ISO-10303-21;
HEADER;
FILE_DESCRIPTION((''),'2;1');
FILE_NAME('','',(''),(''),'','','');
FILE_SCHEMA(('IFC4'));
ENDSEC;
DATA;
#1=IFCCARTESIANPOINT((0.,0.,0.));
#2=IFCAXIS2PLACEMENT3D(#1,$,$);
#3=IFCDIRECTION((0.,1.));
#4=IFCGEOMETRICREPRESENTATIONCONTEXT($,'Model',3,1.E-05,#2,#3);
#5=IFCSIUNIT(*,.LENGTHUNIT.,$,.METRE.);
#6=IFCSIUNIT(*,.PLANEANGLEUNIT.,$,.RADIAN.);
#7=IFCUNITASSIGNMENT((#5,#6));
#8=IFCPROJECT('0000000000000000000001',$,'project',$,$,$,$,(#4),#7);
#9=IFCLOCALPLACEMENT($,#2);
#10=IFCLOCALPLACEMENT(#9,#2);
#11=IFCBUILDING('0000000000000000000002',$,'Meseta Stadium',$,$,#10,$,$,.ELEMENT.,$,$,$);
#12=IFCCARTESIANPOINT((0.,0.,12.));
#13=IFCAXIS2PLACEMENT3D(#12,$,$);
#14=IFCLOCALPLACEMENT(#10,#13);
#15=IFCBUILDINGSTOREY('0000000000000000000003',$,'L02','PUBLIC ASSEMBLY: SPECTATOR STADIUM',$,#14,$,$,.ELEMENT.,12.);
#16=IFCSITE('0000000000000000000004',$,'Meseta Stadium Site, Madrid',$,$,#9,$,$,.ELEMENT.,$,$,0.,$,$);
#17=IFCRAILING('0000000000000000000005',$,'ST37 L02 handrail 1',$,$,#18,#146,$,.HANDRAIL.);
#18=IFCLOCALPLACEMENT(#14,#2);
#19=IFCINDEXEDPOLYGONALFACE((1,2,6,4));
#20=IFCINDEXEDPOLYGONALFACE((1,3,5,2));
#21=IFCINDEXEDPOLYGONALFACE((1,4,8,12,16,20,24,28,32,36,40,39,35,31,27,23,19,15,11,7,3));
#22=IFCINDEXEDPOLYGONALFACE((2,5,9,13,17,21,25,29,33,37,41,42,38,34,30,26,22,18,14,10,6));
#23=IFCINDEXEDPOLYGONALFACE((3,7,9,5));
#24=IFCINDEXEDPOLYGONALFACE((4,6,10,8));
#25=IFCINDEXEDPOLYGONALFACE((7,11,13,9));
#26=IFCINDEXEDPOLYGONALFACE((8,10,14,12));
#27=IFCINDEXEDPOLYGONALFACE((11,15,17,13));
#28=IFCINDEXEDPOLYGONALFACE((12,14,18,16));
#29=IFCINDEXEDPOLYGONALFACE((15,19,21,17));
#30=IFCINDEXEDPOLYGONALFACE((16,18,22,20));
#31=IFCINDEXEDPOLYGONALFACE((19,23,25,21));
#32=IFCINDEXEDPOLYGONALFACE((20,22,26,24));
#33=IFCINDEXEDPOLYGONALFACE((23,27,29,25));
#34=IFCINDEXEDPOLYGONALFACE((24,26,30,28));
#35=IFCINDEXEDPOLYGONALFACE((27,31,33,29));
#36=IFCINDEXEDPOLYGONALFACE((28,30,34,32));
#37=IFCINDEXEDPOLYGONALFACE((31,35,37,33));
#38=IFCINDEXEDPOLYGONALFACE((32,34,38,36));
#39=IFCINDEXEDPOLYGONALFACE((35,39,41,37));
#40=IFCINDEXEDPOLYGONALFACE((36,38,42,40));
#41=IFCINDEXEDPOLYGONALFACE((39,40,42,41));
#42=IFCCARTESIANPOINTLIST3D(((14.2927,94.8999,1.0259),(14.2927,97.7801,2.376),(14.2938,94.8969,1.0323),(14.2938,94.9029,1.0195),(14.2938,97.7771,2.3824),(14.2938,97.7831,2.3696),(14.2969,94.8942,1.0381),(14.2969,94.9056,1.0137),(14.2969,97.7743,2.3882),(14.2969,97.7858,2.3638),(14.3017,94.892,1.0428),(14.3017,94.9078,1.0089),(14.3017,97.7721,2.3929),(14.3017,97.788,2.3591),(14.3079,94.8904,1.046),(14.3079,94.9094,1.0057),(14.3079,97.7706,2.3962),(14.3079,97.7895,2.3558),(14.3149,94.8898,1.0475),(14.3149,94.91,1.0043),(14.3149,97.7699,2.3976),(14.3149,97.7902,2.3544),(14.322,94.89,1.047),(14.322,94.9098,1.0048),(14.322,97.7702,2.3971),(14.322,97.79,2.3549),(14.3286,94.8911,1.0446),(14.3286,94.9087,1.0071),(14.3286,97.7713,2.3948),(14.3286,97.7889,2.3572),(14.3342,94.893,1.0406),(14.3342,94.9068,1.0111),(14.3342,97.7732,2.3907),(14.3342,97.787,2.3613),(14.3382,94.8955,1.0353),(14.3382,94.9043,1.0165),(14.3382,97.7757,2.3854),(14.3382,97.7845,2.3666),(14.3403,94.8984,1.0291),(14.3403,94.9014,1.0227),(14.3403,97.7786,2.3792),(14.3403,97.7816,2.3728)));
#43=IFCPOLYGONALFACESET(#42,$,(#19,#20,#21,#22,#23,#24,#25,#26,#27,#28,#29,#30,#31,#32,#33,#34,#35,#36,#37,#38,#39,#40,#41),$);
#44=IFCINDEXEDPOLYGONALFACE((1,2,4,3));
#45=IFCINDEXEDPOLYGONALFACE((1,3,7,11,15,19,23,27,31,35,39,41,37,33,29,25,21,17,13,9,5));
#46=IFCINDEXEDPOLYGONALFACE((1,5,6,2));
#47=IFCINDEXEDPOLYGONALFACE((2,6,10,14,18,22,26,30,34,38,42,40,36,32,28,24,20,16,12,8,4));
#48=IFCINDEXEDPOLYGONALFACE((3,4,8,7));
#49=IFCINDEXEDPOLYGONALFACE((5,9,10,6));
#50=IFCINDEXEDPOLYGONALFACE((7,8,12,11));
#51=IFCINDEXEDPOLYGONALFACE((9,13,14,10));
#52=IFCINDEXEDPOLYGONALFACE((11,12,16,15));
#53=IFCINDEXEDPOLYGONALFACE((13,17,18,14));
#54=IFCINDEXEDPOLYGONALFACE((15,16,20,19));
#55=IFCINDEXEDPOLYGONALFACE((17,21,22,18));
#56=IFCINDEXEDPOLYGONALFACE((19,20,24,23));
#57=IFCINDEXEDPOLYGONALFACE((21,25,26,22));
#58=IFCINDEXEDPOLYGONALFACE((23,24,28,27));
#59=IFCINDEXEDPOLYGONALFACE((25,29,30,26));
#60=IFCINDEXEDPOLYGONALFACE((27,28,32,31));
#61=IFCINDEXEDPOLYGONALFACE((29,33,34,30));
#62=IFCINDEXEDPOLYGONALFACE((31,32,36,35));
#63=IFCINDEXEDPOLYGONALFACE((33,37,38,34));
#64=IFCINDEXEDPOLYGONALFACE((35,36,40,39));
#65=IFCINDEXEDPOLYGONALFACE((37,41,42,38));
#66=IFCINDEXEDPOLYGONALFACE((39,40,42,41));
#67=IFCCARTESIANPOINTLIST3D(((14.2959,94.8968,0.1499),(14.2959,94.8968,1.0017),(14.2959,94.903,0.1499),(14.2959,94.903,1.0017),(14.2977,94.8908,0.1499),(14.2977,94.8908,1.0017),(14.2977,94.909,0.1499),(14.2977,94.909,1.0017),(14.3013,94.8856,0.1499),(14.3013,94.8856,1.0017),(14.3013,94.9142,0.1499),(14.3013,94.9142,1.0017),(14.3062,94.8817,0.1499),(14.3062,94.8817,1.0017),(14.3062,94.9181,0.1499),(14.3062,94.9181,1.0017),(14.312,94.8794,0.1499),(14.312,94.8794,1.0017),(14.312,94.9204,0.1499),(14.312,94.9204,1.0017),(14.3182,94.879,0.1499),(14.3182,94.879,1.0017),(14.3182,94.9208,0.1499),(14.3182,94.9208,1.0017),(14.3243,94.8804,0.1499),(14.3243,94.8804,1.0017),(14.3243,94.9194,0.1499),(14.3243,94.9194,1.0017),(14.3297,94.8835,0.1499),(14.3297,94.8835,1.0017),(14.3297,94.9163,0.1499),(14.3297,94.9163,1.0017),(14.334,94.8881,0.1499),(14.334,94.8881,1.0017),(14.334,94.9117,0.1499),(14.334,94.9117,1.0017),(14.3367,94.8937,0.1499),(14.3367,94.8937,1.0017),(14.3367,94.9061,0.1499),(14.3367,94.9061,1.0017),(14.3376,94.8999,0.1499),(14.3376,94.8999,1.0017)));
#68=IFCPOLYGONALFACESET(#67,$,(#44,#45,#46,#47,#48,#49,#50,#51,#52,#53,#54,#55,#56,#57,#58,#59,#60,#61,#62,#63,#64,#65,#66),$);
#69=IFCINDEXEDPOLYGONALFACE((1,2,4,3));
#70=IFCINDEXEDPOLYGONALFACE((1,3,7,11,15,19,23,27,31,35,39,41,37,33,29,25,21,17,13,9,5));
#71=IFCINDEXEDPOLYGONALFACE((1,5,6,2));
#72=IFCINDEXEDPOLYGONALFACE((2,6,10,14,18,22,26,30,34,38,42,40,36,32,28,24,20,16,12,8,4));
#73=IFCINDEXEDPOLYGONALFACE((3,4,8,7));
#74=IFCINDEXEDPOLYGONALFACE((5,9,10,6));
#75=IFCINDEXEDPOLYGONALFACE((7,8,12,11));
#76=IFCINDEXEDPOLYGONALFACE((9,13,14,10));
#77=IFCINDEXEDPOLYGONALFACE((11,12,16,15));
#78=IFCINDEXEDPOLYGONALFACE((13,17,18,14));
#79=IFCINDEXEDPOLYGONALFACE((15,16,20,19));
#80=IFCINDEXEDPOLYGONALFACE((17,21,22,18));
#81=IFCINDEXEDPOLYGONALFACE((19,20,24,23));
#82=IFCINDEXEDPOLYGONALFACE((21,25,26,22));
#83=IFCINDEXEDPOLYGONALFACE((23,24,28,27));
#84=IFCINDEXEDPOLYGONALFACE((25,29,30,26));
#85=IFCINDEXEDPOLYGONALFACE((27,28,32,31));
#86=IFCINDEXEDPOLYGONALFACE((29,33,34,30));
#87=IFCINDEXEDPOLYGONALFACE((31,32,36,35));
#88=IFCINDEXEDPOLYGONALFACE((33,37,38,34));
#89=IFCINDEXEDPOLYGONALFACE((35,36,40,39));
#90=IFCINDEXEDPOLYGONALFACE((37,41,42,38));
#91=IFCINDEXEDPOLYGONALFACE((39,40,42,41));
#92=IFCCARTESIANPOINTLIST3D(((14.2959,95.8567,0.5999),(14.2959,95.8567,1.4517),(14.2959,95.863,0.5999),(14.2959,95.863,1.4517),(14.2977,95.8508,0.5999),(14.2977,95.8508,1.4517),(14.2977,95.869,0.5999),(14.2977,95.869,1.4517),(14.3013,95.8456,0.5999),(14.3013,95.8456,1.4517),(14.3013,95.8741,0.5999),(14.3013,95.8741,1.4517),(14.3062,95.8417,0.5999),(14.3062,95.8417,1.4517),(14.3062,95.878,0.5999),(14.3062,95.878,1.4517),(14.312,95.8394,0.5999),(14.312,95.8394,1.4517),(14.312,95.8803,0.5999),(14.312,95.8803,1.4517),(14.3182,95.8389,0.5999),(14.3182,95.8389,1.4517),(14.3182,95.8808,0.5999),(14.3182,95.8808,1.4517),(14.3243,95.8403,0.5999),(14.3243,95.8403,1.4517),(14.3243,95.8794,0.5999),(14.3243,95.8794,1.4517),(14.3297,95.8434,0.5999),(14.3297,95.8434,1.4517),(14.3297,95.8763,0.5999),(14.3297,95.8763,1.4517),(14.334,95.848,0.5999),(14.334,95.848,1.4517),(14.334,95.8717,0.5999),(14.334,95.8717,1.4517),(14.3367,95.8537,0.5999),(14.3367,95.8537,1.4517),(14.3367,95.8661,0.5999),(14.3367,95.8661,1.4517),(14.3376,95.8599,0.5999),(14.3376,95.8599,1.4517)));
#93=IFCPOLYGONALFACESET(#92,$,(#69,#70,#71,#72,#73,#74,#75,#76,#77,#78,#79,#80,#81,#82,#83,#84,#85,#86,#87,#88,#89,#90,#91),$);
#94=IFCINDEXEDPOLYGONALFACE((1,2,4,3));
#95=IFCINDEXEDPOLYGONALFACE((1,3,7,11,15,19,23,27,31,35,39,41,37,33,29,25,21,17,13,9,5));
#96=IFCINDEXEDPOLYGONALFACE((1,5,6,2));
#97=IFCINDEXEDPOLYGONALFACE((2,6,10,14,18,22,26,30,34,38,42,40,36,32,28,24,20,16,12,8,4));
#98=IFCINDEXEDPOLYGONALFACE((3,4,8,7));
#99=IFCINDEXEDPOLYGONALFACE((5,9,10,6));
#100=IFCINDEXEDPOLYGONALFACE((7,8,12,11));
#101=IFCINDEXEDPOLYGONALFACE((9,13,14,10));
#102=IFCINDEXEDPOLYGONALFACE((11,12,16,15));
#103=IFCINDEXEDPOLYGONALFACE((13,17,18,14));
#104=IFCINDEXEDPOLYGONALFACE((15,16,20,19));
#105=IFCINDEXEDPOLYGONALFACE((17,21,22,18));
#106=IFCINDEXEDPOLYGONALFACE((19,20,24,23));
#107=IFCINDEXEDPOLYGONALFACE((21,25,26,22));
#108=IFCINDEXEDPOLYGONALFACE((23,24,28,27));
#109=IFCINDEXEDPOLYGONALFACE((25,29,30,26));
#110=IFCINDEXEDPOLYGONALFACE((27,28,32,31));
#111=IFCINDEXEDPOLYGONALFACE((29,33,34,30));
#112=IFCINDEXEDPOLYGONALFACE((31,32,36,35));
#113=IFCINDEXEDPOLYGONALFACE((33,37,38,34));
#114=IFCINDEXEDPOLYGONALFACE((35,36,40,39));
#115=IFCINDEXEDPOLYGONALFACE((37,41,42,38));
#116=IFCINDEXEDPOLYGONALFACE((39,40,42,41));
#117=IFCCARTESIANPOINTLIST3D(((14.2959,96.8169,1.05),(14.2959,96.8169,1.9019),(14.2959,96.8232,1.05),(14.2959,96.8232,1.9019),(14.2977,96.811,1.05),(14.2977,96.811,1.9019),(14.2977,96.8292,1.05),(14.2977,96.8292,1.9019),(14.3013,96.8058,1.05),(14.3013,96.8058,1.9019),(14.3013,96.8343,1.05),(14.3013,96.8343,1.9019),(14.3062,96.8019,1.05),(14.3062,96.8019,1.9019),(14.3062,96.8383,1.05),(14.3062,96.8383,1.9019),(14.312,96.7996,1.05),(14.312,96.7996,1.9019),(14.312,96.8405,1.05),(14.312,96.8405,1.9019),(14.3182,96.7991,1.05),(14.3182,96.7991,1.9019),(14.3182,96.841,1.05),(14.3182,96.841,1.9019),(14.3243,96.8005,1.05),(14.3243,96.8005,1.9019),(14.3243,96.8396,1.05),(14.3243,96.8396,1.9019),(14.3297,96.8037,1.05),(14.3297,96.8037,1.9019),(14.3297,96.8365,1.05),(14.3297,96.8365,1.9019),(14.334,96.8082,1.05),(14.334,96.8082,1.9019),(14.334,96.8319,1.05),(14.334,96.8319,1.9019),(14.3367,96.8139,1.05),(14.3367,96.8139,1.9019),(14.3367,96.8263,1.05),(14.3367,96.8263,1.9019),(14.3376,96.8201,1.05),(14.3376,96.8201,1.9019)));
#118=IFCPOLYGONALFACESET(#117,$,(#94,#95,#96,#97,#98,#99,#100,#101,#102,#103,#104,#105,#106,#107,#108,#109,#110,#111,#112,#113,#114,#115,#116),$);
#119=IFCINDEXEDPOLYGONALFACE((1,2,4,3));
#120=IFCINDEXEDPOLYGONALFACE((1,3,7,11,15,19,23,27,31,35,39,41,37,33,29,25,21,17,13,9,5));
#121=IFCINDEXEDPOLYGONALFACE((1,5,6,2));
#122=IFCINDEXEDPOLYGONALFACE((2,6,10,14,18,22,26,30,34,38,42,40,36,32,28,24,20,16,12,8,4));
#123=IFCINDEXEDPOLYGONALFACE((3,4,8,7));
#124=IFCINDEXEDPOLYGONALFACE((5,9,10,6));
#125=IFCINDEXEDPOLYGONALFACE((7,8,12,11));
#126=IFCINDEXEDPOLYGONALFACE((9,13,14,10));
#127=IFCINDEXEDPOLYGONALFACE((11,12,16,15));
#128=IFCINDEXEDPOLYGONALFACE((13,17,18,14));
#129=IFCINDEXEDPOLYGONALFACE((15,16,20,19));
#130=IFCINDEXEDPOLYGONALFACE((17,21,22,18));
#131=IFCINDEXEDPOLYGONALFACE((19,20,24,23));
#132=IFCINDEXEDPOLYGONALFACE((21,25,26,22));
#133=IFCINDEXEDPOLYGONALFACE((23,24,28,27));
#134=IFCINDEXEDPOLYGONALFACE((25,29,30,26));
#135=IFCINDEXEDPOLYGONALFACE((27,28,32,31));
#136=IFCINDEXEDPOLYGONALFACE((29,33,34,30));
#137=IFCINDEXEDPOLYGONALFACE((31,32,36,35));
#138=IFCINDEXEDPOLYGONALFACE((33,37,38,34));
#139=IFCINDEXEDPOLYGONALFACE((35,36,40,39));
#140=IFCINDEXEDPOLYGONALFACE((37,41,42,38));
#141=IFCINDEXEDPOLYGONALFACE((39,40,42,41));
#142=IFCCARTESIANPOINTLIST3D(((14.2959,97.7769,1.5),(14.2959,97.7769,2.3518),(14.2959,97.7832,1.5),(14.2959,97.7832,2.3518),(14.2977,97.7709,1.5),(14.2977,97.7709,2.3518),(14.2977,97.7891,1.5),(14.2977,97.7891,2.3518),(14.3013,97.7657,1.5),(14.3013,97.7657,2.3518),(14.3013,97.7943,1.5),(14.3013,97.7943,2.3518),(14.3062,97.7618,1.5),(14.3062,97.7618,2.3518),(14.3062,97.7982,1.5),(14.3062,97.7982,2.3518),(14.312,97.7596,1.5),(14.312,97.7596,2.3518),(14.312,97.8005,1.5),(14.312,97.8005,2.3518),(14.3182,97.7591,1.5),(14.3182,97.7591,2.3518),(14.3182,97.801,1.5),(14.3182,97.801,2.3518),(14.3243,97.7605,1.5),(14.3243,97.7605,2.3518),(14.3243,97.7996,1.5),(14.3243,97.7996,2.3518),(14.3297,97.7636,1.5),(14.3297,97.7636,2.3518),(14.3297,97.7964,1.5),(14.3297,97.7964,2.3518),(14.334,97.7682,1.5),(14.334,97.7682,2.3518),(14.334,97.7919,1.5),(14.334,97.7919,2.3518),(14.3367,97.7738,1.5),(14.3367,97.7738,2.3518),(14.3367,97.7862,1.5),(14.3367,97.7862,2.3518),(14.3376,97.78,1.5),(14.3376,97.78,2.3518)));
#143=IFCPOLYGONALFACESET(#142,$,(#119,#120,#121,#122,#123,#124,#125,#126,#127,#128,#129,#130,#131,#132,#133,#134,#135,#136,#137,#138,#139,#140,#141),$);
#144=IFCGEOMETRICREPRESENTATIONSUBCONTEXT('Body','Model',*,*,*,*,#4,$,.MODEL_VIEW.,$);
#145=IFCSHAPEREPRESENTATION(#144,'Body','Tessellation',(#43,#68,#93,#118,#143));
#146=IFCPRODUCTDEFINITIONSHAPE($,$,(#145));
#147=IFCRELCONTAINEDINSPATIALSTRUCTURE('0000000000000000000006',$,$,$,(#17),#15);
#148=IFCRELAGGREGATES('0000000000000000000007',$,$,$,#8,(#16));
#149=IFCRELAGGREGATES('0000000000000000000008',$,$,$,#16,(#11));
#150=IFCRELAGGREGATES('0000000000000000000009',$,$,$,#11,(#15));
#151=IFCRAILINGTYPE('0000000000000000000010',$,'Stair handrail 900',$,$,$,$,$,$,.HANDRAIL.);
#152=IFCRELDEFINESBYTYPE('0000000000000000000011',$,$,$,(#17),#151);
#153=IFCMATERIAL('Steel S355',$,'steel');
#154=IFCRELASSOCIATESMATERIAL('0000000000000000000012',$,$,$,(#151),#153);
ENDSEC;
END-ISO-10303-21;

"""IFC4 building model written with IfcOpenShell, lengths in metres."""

from ifc_helpers import new_model, si_unit, direction, frame, origin, origin_2d, place, context, subcontext, project, spatial, circle, extrude, material, type_object, element, save


model = new_model("IFC4")

# Units and contexts
model_context = context("Model", 3, precision=1e-05, world=origin(), true_north=direction((0.0, 1.0)))
body_context = subcontext(model_context, "Body", "Model", "MODEL_VIEW")
ifc_project = project(units=[si_unit("LENGTHUNIT", "METRE"), si_unit("PLANEANGLEUNIT", "RADIAN")], contexts=[model_context])

# Site, building, storey
site_placement = place(None, origin())
site = spatial("IfcSite", under=ifc_project, at=site_placement, Name="Meseta Stadium Site, Madrid", CompositionType="ELEMENT", RefElevation=0.0)
building_placement = place(site_placement, origin())
building = spatial("IfcBuilding", under=site, at=building_placement, Name="Meseta Stadium", CompositionType="ELEMENT")
storey_placement = place(building_placement, frame((0.0, 0.0, 12.0)))
storey = spatial("IfcBuildingStorey", under=building, at=storey_placement, Name="L02", Description="PUBLIC ASSEMBLY: SPECTATOR STADIUM", CompositionType="ELEMENT", Elevation=12.0)

# Railing
ifc_material_1 = material(Name="Steel S355", Category="steel")
railing_type_1 = type_object("IfcRailingType", Name="Stair handrail 900", PredefinedType="HANDRAIL", material=ifc_material_1)
railing_1_placement = place(storey_placement, frame((14.3167, 94.8999, 0.1499)))
element("IfcRailing", 1, at=railing_1_placement, inside=storey, type_object=railing_type_1, Name="ST37 L02 handrail 1", PredefinedType="HANDRAIL", context=body_context, shape_type="SweptSolid", body=[
    extrude(circle(Radius=0.0239, at=origin_2d()), frame((0.0, 0.0, 0.876), z_axis=(0.0, 0.905454, 0.424444), x_axis=(-1.0, 0.0, 0.0)), (0.0, 0.0, 1.0), 3.1809),
    extrude(circle(Radius=0.021, at=origin_2d()), origin(), (0.0, 0.0, 1.0), 0.8518),
    extrude(circle(Radius=0.021, at=origin_2d()), frame((0.0, 0.96, 0.45)), (0.0, 0.0, 1.0), 0.8518),
    extrude(circle(Radius=0.021, at=origin_2d()), frame((0.0, 1.9202, 0.9001)), (0.0, 0.0, 1.0), 0.8518),
    extrude(circle(Radius=0.021, at=origin_2d()), frame((0.0, 2.8801, 1.3501)), (0.0, 0.0, 1.0), 0.8518),
])

save(model, "model.ifc")
